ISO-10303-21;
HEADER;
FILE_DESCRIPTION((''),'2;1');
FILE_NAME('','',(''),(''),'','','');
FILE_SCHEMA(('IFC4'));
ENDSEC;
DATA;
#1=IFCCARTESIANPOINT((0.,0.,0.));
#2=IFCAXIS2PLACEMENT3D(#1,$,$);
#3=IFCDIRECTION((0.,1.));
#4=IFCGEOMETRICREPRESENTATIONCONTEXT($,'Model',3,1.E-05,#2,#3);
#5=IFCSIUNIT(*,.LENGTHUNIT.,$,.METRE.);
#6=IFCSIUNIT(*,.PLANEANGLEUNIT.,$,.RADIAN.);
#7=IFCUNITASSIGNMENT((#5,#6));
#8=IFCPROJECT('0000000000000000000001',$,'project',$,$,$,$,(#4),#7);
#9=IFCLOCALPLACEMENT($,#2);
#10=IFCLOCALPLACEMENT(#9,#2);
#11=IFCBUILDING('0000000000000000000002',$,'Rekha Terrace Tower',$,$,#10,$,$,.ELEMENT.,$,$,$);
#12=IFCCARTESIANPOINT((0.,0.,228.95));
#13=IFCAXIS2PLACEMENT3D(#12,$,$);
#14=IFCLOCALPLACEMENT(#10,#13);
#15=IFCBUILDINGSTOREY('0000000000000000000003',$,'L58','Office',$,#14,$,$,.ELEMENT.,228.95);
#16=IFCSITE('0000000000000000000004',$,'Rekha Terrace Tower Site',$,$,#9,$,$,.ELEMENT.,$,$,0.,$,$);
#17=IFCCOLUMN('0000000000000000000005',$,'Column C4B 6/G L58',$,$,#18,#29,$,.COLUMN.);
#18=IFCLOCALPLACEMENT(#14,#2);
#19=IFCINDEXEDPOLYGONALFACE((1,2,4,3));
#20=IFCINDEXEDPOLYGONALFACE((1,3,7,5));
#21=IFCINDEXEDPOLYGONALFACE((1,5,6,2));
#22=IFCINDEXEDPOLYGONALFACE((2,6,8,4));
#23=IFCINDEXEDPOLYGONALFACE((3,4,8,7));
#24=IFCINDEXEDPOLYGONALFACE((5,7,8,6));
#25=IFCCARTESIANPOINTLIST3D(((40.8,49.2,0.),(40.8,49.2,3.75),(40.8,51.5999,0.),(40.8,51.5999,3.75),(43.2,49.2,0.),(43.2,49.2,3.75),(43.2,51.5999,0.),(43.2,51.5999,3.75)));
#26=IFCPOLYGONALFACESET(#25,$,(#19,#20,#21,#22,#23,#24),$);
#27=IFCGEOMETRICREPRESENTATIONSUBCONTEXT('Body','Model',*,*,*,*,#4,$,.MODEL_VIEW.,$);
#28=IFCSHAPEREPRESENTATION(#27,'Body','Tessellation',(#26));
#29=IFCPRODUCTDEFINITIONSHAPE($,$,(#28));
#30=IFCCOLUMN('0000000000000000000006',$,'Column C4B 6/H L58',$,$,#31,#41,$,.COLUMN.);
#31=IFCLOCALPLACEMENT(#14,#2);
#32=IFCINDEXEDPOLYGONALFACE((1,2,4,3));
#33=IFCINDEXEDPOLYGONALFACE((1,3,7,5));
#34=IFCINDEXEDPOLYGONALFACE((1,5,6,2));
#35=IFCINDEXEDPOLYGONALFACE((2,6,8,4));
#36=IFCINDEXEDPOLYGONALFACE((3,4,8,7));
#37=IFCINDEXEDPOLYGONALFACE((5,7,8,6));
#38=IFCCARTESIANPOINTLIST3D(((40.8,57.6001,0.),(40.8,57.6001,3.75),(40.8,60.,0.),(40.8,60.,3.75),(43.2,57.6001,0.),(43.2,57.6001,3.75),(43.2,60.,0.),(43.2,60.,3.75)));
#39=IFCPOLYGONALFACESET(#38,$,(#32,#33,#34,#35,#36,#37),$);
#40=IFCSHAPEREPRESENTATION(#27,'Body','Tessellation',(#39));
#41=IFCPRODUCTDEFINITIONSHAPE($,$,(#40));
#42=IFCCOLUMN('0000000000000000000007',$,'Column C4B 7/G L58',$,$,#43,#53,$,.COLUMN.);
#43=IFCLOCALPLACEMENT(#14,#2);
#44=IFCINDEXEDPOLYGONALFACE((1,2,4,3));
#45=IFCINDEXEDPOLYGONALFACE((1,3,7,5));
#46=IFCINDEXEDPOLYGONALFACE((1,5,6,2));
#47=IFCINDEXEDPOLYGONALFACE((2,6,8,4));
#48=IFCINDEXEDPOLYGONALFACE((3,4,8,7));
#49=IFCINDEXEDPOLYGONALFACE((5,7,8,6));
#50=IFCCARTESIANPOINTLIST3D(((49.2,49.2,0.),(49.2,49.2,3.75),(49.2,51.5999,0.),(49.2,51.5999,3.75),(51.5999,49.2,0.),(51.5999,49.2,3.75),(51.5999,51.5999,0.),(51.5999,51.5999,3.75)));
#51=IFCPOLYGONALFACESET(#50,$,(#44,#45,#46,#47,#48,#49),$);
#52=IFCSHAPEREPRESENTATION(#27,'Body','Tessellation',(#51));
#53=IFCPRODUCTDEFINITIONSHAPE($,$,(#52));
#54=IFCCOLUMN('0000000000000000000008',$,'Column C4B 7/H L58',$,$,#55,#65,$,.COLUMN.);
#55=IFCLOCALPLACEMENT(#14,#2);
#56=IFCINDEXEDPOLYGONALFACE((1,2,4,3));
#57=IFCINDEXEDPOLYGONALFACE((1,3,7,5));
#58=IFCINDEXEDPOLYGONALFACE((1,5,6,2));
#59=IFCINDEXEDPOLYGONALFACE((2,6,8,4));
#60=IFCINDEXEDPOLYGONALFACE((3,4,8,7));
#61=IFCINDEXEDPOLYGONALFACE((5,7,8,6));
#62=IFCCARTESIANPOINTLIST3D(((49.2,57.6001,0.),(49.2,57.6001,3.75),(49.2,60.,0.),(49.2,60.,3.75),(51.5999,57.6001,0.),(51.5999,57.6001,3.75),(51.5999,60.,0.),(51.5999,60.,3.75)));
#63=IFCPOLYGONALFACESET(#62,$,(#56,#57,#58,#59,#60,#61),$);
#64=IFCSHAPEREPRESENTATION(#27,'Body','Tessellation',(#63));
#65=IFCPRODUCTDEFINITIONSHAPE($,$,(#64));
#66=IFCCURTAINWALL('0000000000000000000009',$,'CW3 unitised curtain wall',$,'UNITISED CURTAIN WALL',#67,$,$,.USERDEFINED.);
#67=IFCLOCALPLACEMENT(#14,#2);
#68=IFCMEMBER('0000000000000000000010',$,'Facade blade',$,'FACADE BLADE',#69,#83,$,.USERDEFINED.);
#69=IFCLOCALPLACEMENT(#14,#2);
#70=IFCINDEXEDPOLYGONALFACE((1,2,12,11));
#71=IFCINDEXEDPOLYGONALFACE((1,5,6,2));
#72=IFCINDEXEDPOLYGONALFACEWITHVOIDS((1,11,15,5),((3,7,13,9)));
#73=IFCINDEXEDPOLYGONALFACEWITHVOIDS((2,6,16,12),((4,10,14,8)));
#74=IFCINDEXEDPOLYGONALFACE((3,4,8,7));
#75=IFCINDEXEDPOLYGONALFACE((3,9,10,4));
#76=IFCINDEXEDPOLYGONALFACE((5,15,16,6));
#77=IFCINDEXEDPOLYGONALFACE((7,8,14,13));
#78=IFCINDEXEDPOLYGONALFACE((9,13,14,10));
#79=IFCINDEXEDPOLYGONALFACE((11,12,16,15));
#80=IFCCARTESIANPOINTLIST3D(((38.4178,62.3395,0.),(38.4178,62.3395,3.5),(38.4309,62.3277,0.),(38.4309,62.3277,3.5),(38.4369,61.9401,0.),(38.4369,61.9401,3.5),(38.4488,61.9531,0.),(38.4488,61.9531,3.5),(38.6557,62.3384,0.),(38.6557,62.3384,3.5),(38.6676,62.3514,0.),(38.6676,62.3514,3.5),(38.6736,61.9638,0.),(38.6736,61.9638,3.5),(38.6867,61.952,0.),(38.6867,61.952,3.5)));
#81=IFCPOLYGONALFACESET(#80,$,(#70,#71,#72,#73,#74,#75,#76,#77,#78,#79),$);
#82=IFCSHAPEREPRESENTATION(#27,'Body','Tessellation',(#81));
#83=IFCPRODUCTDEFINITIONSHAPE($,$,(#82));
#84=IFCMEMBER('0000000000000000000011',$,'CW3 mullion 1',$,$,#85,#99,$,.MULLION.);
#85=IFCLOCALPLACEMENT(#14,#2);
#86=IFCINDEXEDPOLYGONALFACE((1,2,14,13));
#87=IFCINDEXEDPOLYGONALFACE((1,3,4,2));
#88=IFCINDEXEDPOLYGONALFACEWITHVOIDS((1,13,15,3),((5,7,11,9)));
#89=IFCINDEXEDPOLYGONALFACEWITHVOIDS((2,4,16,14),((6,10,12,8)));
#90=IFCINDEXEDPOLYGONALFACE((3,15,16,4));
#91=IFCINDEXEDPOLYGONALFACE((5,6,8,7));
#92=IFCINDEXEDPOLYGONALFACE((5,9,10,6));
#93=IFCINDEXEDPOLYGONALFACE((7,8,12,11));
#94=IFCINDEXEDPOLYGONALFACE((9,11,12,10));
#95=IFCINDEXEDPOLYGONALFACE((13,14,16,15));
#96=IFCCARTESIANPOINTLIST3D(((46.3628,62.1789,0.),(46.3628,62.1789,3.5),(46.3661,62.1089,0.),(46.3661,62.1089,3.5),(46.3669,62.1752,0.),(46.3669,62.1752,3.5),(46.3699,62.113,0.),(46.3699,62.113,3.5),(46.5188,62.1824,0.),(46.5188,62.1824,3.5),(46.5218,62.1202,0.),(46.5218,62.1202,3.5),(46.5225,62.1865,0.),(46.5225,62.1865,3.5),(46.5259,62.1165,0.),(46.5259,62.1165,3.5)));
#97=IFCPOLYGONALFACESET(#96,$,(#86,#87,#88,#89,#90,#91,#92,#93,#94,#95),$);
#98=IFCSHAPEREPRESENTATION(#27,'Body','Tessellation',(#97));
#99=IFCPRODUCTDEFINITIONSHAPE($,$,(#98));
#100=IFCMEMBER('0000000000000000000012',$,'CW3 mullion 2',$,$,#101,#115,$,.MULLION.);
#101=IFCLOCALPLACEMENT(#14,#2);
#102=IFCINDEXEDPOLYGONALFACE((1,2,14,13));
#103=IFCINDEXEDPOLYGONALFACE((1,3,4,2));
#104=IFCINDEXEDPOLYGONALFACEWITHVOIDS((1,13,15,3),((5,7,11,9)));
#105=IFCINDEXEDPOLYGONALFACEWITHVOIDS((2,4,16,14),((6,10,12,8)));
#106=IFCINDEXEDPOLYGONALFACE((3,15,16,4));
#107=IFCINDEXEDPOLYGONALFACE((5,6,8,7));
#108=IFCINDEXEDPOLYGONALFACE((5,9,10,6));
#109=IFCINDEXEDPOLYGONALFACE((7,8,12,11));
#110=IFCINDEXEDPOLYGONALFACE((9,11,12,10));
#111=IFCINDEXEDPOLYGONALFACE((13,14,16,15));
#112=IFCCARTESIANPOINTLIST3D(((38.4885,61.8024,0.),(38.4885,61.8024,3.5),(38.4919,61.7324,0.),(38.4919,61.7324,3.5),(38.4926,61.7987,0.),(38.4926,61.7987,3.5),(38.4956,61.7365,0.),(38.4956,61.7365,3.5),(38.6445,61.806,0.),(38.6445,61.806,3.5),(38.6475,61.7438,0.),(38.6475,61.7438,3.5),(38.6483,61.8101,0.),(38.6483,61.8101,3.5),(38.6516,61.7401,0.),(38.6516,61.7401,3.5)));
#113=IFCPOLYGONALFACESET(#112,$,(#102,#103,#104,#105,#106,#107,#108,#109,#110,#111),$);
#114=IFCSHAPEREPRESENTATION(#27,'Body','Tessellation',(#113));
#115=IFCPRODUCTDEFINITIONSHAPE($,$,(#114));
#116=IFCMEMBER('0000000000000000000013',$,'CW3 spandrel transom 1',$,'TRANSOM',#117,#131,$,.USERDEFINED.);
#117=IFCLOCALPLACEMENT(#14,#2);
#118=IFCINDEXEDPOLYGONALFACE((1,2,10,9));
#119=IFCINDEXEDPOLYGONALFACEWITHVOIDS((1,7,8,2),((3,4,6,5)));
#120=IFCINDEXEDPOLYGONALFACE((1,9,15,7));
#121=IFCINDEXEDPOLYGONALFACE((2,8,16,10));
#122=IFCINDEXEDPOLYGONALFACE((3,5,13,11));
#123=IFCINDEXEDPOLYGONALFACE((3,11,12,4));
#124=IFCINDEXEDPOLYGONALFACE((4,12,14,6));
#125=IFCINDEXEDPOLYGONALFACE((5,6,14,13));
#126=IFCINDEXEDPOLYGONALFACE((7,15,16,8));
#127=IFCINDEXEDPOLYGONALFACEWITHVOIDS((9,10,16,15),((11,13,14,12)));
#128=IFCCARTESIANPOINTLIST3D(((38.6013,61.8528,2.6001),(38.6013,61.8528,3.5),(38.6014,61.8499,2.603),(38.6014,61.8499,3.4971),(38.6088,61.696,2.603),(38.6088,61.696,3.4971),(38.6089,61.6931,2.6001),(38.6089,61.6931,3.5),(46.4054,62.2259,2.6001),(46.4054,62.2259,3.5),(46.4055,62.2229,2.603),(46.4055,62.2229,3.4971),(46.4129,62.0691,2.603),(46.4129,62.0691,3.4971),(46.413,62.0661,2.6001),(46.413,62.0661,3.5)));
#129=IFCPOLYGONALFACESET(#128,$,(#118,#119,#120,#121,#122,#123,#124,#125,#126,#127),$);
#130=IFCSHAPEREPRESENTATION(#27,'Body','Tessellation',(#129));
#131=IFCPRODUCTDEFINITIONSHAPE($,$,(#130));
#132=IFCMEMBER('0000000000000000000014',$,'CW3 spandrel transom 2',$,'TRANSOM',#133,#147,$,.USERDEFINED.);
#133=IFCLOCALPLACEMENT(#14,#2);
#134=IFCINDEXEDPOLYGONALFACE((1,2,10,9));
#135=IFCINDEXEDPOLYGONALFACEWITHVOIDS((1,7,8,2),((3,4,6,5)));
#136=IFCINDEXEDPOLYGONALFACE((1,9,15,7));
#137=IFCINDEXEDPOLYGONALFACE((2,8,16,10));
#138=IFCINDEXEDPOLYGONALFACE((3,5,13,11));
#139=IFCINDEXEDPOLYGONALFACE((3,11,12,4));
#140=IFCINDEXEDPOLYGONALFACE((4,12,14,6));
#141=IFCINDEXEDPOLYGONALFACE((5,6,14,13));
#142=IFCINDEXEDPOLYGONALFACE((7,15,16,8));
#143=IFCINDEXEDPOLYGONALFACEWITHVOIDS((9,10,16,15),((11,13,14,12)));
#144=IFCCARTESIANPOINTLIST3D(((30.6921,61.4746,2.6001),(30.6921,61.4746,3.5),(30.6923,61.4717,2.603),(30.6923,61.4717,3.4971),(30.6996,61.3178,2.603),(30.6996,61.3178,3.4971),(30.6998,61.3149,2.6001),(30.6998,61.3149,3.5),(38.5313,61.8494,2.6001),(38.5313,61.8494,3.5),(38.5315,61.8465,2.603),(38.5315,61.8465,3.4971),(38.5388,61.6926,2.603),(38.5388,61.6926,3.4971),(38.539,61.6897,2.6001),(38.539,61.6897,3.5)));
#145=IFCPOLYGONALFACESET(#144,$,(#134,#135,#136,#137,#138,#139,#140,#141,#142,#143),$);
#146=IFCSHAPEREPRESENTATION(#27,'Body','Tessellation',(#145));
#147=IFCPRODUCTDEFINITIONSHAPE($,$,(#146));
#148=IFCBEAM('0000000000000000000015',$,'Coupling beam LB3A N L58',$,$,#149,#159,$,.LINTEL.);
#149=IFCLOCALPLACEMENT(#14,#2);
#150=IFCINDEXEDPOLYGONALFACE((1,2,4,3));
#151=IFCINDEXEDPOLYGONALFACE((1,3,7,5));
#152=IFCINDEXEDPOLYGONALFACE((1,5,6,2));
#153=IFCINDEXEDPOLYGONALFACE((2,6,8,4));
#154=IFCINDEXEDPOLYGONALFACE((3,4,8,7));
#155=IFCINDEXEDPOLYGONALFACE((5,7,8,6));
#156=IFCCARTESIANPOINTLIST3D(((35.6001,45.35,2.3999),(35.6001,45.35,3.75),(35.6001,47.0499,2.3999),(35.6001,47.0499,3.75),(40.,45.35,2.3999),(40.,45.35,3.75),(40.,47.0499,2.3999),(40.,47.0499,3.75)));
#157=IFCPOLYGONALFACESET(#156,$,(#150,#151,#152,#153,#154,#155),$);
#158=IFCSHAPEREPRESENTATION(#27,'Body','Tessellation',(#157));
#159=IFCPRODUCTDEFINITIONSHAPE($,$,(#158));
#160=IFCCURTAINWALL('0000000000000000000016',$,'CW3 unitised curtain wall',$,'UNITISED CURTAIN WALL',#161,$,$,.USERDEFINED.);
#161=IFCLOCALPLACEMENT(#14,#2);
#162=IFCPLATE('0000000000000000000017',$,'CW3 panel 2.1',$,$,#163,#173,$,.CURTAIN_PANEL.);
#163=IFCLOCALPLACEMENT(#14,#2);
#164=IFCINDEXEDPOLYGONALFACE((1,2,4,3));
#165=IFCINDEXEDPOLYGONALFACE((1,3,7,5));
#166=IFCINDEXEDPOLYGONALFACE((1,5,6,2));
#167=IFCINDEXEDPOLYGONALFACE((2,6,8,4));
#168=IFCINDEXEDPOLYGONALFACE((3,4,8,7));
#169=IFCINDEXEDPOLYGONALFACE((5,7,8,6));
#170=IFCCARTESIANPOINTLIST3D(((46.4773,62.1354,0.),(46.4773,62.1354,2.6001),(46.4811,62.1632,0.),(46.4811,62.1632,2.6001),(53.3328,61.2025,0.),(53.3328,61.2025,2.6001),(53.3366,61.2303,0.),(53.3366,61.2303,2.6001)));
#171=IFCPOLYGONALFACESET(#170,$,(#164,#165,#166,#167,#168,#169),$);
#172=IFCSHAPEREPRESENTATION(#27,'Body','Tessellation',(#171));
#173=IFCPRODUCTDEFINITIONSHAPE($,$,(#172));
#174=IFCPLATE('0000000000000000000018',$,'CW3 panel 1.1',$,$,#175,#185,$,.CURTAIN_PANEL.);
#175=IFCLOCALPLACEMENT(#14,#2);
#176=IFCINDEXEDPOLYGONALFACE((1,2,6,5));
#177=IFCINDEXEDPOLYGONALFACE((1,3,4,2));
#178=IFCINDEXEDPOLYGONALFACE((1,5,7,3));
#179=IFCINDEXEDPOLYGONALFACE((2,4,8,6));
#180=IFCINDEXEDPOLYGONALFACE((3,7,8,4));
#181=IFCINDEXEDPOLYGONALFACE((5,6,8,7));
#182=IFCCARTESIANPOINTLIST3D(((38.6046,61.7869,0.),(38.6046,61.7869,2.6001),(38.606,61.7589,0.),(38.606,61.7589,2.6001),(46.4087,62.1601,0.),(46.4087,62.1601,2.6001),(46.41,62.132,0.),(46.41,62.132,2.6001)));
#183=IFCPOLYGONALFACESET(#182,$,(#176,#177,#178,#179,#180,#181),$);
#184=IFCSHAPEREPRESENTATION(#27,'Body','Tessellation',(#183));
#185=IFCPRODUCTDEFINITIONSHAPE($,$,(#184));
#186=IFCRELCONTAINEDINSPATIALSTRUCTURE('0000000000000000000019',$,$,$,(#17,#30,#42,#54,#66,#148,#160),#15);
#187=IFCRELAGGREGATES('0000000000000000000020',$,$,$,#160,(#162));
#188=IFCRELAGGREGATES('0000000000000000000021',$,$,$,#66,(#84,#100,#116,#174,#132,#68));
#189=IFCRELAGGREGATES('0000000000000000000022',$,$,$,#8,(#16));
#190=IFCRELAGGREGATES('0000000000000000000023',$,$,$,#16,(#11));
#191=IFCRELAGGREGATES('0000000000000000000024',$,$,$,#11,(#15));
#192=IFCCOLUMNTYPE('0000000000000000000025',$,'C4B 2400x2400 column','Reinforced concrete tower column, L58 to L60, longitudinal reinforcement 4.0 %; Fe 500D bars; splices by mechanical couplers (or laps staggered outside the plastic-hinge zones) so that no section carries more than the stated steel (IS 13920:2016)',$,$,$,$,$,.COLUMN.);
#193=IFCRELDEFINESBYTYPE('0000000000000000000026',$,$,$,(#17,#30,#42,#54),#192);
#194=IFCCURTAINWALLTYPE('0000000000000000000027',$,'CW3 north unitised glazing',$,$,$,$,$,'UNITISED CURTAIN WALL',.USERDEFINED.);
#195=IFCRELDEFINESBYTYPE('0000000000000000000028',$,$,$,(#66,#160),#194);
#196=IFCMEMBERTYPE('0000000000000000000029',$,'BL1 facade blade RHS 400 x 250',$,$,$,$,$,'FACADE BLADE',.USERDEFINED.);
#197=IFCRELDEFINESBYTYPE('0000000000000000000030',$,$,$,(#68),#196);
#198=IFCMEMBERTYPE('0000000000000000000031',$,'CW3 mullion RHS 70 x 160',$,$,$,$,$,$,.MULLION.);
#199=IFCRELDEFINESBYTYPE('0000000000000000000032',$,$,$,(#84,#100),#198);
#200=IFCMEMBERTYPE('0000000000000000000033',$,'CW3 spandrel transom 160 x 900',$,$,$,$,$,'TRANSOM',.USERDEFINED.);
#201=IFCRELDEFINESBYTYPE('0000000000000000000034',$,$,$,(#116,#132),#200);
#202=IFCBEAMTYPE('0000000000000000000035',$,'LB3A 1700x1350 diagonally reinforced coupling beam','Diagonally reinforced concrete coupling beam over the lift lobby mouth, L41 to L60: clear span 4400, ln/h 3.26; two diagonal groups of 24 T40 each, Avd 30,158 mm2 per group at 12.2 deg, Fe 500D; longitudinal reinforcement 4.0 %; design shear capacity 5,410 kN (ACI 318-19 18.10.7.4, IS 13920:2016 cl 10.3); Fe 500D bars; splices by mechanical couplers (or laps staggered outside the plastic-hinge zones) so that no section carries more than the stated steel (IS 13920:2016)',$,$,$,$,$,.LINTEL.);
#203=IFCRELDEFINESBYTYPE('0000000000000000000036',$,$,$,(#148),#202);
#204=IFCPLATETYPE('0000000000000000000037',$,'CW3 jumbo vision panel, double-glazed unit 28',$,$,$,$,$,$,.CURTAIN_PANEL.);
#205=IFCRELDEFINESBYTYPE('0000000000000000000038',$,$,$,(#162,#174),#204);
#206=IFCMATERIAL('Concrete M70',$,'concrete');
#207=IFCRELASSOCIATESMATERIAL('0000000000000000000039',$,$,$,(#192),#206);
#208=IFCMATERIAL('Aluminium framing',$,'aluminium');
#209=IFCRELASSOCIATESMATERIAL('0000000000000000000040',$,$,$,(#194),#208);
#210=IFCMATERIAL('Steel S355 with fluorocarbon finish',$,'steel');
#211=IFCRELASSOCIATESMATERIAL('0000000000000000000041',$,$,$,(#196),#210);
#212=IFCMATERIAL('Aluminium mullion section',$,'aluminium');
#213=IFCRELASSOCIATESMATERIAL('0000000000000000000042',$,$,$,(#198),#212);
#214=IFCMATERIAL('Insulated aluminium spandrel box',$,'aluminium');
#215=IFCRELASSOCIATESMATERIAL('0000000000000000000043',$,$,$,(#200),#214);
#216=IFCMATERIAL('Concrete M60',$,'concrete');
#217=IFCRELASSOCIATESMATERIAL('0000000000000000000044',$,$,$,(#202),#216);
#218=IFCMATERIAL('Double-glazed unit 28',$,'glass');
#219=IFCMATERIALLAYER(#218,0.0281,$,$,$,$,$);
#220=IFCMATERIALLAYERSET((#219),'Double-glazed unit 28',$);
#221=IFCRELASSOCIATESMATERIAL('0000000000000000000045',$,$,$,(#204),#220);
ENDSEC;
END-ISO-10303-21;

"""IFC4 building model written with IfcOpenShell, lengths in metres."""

from ifc_helpers import new_model, si_unit, direction, frame, origin, origin_2d, place, context, subcontext, project, spatial, rectangle, hollow_rectangle, extrude, material, layer, layer_set, material_profile, profile_set, type_object, element, aggregate, save


model = new_model("IFC4")

# Units and contexts
model_context = context("Model", 3, precision=1e-05, world=origin(), true_north=direction((0.0, 1.0)))
body_context = subcontext(model_context, "Body", "Model", "MODEL_VIEW")
ifc_project = project(units=[si_unit("LENGTHUNIT", "METRE"), si_unit("PLANEANGLEUNIT", "RADIAN")], contexts=[model_context])

# Site, building, storey
site_placement = place(None, origin())
site = spatial("IfcSite", under=ifc_project, at=site_placement, Name="Rekha Terrace Tower Site", CompositionType="ELEMENT", RefElevation=0.0)
building_placement = place(site_placement, origin())
building = spatial("IfcBuilding", under=site, at=building_placement, Name="Rekha Terrace Tower", CompositionType="ELEMENT")
storey_placement = place(building_placement, frame((0.0, 0.0, 228.95)))
storey = spatial("IfcBuildingStorey", under=building, at=storey_placement, Name="L58", Description="Office", CompositionType="ELEMENT", Elevation=228.95)

# Columns
ifc_material_1 = material(Name="Concrete M70", Category="concrete")
ifc_material_profile_1 = material_profile(ifc_material_1, rectangle(XDim=2.3999, YDim=2.3999, at=origin_2d()), Name="RC 2400x2400")
ifc_profile_set_1 = profile_set([ifc_material_profile_1], Name="Concrete M70")
column_type = type_object("IfcColumnType", Name="C4B 2400x2400 column", Description="Reinforced concrete tower column, L58 to L60, longitudinal reinforcement 4.0 %; Fe 500D bars; splices by mechanical couplers (or laps staggered outside the plastic-hinge zones) so that no section carries more than the stated steel (IS 13920:2016)", PredefinedType="COLUMN", material=ifc_profile_set_1)
for number, where, z_axis, x_axis, name in (
    (1, (42.0, 50.3999, 0.0), (0.0, 0.0, 1.0), (1.0, 0.0, 0.0), "Column C4B 6/G L58"),
    (2, (42.0, 58.8, 0.0), (0.0, 0.0, 1.0), (1.0, 0.0, 0.0), "Column C4B 6/H L58"),
    (3, (50.3999, 50.3999, 0.0), (0.0, 0.0, 1.0), (1.0, 0.0, 0.0), "Column C4B 7/G L58"),
    (4, (50.3999, 58.8, 0.0), (0.0, 0.0, 1.0), (1.0, 0.0, 0.0), "Column C4B 7/H L58"),
):
    element("IfcColumn", number, at=place(storey_placement, frame(where, z_axis=z_axis, x_axis=x_axis)), inside=storey, type_object=column_type, Name=name, PredefinedType="COLUMN", context=body_context, shape_type="SweptSolid", body=[
        extrude(rectangle(XDim=2.3999, YDim=2.3999, at=origin_2d()), origin(), (0.0, 0.0, 1.0), 3.75),
    ])

# Curtain wall, members
ifc_material_2 = material(Name="Aluminium framing", Category="aluminium")
curtain_wall_type = type_object("IfcCurtainWallType", Name="CW3 north unitised glazing", ElementType="UNITISED CURTAIN WALL", PredefinedType="USERDEFINED", material=ifc_material_2)
curtain_wall_1_placement = place(storey_placement, origin())
curtain_wall_1 = element("IfcCurtainWall", 5, at=curtain_wall_1_placement, inside=storey, type_object=curtain_wall_type, Name="CW3 unitised curtain wall", ObjectType="UNITISED CURTAIN WALL", PredefinedType="USERDEFINED")
ifc_material_3 = material(Name="Steel S355 with fluorocarbon finish", Category="steel")
ifc_material_profile_2 = material_profile(ifc_material_3, hollow_rectangle(XDim=0.25, YDim=0.3999, WallThickness=0.0125, at=origin_2d()), Name="RHS400x250x12.5")
ifc_profile_set_2 = profile_set([ifc_material_profile_2], Name="Steel S355 with fluorocarbon finish")
member_type_1 = type_object("IfcMemberType", Name="BL1 facade blade RHS 400 x 250", ElementType="FACADE BLADE", PredefinedType="USERDEFINED", material=ifc_profile_set_2)
member_1_placement = place(storey_placement, frame((38.5522, 62.1458, 0.0), z_axis=(0.0, 0.0, 1.0), x_axis=(-0.998859, -0.047758, 0.0)))
member_1 = element("IfcMember", 6, at=member_1_placement, type_object=member_type_1, Name="Facade blade", ObjectType="FACADE BLADE", PredefinedType="USERDEFINED", context=body_context, shape_type="SweptSolid", body=[
    extrude(hollow_rectangle(XDim=0.25, YDim=0.3999, WallThickness=0.0125, at=origin_2d()), origin(), (0.0, 0.0, 1.0), 3.5),
])
ifc_material_4 = material(Name="Aluminium mullion section", Category="aluminium")
ifc_material_profile_3 = material_profile(ifc_material_4, hollow_rectangle(XDim=0.0701, YDim=0.1599, WallThickness=0.0039, at=origin_2d()), Name="AL RHS 70x160")
ifc_profile_set_3 = profile_set([ifc_material_profile_3], Name="Aluminium mullion section")
member_type_2 = type_object("IfcMemberType", Name="CW3 mullion RHS 70 x 160", PredefinedType="MULLION", material=ifc_profile_set_3)
member_2_placement = place(storey_placement, frame((46.4443, 62.1477, 0.0), z_axis=(0.0, 0.0, 1.0), x_axis=(0.047759, -0.998859, 0.0)))
member_2 = element("IfcMember", 7, at=member_2_placement, type_object=member_type_2, Name="CW3 mullion 1", PredefinedType="MULLION", context=body_context, shape_type="SweptSolid", body=[
    extrude(hollow_rectangle(XDim=0.0701, YDim=0.1599, WallThickness=0.0039, at=origin_2d()), origin(), (0.0, 0.0, 1.0), 3.5),
])
member_3_placement = place(storey_placement, frame((38.5701, 61.7712, 0.0), z_axis=(0.0, 0.0, 1.0), x_axis=(0.047759, -0.998859, 0.0)))
member_3 = element("IfcMember", 8, at=member_3_placement, type_object=member_type_2, Name="CW3 mullion 2", PredefinedType="MULLION", context=body_context, shape_type="SweptSolid", body=[
    extrude(hollow_rectangle(XDim=0.0701, YDim=0.1599, WallThickness=0.0039, at=origin_2d()), origin(), (0.0, 0.0, 1.0), 3.5),
])
ifc_material_5 = material(Name="Insulated aluminium spandrel box", Category="aluminium")
ifc_material_profile_4 = material_profile(ifc_material_5, hollow_rectangle(XDim=0.1599, YDim=0.8999, WallThickness=0.0029, at=origin_2d()), Name="AL SPANDREL BOX 160x900")
ifc_profile_set_4 = profile_set([ifc_material_profile_4], Name="Insulated aluminium spandrel box")
member_type_3 = type_object("IfcMemberType", Name="CW3 spandrel transom 160 x 900", ElementType="TRANSOM", PredefinedType="USERDEFINED", material=ifc_profile_set_4)
member_4_placement = place(storey_placement, frame((46.4092, 62.146, 3.05), z_axis=(-0.998859, -0.047748, 0.0), x_axis=(0.047748, -0.998859, 0.0)))
member_4 = element("IfcMember", 9, at=member_4_placement, type_object=member_type_3, Name="CW3 spandrel transom 1", ObjectType="TRANSOM", PredefinedType="USERDEFINED", context=body_context, shape_type="SweptSolid", body=[
    extrude(hollow_rectangle(XDim=0.1599, YDim=0.8999, WallThickness=0.0029, at=origin_2d()), origin(), (0.0, 0.0, 1.0), 7.813),
])
member_5_placement = place(storey_placement, frame((38.5352, 61.7695, 3.05), z_axis=(-0.998859, -0.047751, 0.0), x_axis=(0.047751, -0.998859, 0.0)))
member_5 = element("IfcMember", 10, at=member_5_placement, type_object=member_type_3, Name="CW3 spandrel transom 2", ObjectType="TRANSOM", PredefinedType="USERDEFINED", context=body_context, shape_type="SweptSolid", body=[
    extrude(hollow_rectangle(XDim=0.1599, YDim=0.8999, WallThickness=0.0029, at=origin_2d()), origin(), (0.0, 0.0, 1.0), 7.8481),
])

# Beam
ifc_material_6 = material(Name="Concrete M60", Category="concrete")
ifc_material_profile_5 = material_profile(ifc_material_6, rectangle(XDim=1.7, YDim=1.3501, at=origin_2d()), Name="RC 1700x1350")
ifc_profile_set_5 = profile_set([ifc_material_profile_5], Name="Concrete M60")
beam_type = type_object("IfcBeamType", Name="LB3A 1700x1350 diagonally reinforced coupling beam", Description="Diagonally reinforced concrete coupling beam over the lift lobby mouth, L41 to L60: clear span 4400, ln/h 3.26; two diagonal groups of 24 T40 each, Avd 30,158 mm2 per group at 12.2 deg, Fe 500D; longitudinal reinforcement 4.0 %; design shear capacity 5,410 kN (ACI 318-19 18.10.7.4, IS 13920:2016 cl 10.3); Fe 500D bars; splices by mechanical couplers (or laps staggered outside the plastic-hinge zones) so that no section carries more than the stated steel (IS 13920:2016)", PredefinedType="LINTEL", material=ifc_profile_set_5)
beam_placement = place(storey_placement, frame((35.6001, 46.2, 3.075), z_axis=(1.0, 0.0, 0.0), x_axis=(0.0, 1.0, 0.0)))
element("IfcBeam", 11, at=beam_placement, inside=storey, type_object=beam_type, Name="Coupling beam LB3A N L58", PredefinedType="LINTEL", context=body_context, shape_type="SweptSolid", body=[
    extrude(rectangle(XDim=1.7, YDim=1.3501, at=origin_2d()), origin(), (0.0, 0.0, 1.0), 4.3999),
])

# Curtain wall, plate
curtain_wall_2_placement = place(storey_placement, origin())
curtain_wall_2 = element("IfcCurtainWall", 12, at=curtain_wall_2_placement, inside=storey, type_object=curtain_wall_type, Name="CW3 unitised curtain wall", ObjectType="UNITISED CURTAIN WALL", PredefinedType="USERDEFINED")
ifc_material_7 = material(Name="Double-glazed unit 28", Category="glass")
ifc_layer_1 = layer(ifc_material_7, 0.0281)
ifc_layer_set_1 = layer_set([ifc_layer_1], Name="Double-glazed unit 28")
plate_type = type_object("IfcPlateType", Name="CW3 jumbo vision panel, double-glazed unit 28", PredefinedType="CURTAIN_PANEL", material=ifc_layer_set_1)
plate_1_placement = place(storey_placement, frame((49.907, 61.6829, 0.0), z_axis=(0.0, 0.0, 1.0), x_axis=(-0.990867, 0.134841, 0.0)))
plate_1 = element("IfcPlate", 13, at=plate_1_placement, type_object=plate_type, Name="CW3 panel 2.1", PredefinedType="CURTAIN_PANEL", context=body_context, shape_type="SweptSolid", body=[
    extrude(rectangle(XDim=6.9187, YDim=0.0281, at=origin_2d()), origin(), (0.0, 0.0, 1.0), 2.6001),
])
aggregate(curtain_wall_2, [plate_1])

# Plate
plate_2_placement = place(storey_placement, frame((42.5073, 61.9595, 0.0), z_axis=(0.0, 0.0, 1.0), x_axis=(-0.998859, -0.047759, 0.0)))
plate_2 = element("IfcPlate", 14, at=plate_2_placement, type_object=plate_type, Name="CW3 panel 1.1", PredefinedType="CURTAIN_PANEL", context=body_context, shape_type="SweptSolid", body=[
    extrude(rectangle(XDim=7.813, YDim=0.0281, at=origin_2d()), origin(), (0.0, 0.0, 1.0), 2.6001),
])
aggregate(curtain_wall_1, [member_2, member_3, member_4, plate_2, member_5, member_1])

save(model, "model.ifc")
